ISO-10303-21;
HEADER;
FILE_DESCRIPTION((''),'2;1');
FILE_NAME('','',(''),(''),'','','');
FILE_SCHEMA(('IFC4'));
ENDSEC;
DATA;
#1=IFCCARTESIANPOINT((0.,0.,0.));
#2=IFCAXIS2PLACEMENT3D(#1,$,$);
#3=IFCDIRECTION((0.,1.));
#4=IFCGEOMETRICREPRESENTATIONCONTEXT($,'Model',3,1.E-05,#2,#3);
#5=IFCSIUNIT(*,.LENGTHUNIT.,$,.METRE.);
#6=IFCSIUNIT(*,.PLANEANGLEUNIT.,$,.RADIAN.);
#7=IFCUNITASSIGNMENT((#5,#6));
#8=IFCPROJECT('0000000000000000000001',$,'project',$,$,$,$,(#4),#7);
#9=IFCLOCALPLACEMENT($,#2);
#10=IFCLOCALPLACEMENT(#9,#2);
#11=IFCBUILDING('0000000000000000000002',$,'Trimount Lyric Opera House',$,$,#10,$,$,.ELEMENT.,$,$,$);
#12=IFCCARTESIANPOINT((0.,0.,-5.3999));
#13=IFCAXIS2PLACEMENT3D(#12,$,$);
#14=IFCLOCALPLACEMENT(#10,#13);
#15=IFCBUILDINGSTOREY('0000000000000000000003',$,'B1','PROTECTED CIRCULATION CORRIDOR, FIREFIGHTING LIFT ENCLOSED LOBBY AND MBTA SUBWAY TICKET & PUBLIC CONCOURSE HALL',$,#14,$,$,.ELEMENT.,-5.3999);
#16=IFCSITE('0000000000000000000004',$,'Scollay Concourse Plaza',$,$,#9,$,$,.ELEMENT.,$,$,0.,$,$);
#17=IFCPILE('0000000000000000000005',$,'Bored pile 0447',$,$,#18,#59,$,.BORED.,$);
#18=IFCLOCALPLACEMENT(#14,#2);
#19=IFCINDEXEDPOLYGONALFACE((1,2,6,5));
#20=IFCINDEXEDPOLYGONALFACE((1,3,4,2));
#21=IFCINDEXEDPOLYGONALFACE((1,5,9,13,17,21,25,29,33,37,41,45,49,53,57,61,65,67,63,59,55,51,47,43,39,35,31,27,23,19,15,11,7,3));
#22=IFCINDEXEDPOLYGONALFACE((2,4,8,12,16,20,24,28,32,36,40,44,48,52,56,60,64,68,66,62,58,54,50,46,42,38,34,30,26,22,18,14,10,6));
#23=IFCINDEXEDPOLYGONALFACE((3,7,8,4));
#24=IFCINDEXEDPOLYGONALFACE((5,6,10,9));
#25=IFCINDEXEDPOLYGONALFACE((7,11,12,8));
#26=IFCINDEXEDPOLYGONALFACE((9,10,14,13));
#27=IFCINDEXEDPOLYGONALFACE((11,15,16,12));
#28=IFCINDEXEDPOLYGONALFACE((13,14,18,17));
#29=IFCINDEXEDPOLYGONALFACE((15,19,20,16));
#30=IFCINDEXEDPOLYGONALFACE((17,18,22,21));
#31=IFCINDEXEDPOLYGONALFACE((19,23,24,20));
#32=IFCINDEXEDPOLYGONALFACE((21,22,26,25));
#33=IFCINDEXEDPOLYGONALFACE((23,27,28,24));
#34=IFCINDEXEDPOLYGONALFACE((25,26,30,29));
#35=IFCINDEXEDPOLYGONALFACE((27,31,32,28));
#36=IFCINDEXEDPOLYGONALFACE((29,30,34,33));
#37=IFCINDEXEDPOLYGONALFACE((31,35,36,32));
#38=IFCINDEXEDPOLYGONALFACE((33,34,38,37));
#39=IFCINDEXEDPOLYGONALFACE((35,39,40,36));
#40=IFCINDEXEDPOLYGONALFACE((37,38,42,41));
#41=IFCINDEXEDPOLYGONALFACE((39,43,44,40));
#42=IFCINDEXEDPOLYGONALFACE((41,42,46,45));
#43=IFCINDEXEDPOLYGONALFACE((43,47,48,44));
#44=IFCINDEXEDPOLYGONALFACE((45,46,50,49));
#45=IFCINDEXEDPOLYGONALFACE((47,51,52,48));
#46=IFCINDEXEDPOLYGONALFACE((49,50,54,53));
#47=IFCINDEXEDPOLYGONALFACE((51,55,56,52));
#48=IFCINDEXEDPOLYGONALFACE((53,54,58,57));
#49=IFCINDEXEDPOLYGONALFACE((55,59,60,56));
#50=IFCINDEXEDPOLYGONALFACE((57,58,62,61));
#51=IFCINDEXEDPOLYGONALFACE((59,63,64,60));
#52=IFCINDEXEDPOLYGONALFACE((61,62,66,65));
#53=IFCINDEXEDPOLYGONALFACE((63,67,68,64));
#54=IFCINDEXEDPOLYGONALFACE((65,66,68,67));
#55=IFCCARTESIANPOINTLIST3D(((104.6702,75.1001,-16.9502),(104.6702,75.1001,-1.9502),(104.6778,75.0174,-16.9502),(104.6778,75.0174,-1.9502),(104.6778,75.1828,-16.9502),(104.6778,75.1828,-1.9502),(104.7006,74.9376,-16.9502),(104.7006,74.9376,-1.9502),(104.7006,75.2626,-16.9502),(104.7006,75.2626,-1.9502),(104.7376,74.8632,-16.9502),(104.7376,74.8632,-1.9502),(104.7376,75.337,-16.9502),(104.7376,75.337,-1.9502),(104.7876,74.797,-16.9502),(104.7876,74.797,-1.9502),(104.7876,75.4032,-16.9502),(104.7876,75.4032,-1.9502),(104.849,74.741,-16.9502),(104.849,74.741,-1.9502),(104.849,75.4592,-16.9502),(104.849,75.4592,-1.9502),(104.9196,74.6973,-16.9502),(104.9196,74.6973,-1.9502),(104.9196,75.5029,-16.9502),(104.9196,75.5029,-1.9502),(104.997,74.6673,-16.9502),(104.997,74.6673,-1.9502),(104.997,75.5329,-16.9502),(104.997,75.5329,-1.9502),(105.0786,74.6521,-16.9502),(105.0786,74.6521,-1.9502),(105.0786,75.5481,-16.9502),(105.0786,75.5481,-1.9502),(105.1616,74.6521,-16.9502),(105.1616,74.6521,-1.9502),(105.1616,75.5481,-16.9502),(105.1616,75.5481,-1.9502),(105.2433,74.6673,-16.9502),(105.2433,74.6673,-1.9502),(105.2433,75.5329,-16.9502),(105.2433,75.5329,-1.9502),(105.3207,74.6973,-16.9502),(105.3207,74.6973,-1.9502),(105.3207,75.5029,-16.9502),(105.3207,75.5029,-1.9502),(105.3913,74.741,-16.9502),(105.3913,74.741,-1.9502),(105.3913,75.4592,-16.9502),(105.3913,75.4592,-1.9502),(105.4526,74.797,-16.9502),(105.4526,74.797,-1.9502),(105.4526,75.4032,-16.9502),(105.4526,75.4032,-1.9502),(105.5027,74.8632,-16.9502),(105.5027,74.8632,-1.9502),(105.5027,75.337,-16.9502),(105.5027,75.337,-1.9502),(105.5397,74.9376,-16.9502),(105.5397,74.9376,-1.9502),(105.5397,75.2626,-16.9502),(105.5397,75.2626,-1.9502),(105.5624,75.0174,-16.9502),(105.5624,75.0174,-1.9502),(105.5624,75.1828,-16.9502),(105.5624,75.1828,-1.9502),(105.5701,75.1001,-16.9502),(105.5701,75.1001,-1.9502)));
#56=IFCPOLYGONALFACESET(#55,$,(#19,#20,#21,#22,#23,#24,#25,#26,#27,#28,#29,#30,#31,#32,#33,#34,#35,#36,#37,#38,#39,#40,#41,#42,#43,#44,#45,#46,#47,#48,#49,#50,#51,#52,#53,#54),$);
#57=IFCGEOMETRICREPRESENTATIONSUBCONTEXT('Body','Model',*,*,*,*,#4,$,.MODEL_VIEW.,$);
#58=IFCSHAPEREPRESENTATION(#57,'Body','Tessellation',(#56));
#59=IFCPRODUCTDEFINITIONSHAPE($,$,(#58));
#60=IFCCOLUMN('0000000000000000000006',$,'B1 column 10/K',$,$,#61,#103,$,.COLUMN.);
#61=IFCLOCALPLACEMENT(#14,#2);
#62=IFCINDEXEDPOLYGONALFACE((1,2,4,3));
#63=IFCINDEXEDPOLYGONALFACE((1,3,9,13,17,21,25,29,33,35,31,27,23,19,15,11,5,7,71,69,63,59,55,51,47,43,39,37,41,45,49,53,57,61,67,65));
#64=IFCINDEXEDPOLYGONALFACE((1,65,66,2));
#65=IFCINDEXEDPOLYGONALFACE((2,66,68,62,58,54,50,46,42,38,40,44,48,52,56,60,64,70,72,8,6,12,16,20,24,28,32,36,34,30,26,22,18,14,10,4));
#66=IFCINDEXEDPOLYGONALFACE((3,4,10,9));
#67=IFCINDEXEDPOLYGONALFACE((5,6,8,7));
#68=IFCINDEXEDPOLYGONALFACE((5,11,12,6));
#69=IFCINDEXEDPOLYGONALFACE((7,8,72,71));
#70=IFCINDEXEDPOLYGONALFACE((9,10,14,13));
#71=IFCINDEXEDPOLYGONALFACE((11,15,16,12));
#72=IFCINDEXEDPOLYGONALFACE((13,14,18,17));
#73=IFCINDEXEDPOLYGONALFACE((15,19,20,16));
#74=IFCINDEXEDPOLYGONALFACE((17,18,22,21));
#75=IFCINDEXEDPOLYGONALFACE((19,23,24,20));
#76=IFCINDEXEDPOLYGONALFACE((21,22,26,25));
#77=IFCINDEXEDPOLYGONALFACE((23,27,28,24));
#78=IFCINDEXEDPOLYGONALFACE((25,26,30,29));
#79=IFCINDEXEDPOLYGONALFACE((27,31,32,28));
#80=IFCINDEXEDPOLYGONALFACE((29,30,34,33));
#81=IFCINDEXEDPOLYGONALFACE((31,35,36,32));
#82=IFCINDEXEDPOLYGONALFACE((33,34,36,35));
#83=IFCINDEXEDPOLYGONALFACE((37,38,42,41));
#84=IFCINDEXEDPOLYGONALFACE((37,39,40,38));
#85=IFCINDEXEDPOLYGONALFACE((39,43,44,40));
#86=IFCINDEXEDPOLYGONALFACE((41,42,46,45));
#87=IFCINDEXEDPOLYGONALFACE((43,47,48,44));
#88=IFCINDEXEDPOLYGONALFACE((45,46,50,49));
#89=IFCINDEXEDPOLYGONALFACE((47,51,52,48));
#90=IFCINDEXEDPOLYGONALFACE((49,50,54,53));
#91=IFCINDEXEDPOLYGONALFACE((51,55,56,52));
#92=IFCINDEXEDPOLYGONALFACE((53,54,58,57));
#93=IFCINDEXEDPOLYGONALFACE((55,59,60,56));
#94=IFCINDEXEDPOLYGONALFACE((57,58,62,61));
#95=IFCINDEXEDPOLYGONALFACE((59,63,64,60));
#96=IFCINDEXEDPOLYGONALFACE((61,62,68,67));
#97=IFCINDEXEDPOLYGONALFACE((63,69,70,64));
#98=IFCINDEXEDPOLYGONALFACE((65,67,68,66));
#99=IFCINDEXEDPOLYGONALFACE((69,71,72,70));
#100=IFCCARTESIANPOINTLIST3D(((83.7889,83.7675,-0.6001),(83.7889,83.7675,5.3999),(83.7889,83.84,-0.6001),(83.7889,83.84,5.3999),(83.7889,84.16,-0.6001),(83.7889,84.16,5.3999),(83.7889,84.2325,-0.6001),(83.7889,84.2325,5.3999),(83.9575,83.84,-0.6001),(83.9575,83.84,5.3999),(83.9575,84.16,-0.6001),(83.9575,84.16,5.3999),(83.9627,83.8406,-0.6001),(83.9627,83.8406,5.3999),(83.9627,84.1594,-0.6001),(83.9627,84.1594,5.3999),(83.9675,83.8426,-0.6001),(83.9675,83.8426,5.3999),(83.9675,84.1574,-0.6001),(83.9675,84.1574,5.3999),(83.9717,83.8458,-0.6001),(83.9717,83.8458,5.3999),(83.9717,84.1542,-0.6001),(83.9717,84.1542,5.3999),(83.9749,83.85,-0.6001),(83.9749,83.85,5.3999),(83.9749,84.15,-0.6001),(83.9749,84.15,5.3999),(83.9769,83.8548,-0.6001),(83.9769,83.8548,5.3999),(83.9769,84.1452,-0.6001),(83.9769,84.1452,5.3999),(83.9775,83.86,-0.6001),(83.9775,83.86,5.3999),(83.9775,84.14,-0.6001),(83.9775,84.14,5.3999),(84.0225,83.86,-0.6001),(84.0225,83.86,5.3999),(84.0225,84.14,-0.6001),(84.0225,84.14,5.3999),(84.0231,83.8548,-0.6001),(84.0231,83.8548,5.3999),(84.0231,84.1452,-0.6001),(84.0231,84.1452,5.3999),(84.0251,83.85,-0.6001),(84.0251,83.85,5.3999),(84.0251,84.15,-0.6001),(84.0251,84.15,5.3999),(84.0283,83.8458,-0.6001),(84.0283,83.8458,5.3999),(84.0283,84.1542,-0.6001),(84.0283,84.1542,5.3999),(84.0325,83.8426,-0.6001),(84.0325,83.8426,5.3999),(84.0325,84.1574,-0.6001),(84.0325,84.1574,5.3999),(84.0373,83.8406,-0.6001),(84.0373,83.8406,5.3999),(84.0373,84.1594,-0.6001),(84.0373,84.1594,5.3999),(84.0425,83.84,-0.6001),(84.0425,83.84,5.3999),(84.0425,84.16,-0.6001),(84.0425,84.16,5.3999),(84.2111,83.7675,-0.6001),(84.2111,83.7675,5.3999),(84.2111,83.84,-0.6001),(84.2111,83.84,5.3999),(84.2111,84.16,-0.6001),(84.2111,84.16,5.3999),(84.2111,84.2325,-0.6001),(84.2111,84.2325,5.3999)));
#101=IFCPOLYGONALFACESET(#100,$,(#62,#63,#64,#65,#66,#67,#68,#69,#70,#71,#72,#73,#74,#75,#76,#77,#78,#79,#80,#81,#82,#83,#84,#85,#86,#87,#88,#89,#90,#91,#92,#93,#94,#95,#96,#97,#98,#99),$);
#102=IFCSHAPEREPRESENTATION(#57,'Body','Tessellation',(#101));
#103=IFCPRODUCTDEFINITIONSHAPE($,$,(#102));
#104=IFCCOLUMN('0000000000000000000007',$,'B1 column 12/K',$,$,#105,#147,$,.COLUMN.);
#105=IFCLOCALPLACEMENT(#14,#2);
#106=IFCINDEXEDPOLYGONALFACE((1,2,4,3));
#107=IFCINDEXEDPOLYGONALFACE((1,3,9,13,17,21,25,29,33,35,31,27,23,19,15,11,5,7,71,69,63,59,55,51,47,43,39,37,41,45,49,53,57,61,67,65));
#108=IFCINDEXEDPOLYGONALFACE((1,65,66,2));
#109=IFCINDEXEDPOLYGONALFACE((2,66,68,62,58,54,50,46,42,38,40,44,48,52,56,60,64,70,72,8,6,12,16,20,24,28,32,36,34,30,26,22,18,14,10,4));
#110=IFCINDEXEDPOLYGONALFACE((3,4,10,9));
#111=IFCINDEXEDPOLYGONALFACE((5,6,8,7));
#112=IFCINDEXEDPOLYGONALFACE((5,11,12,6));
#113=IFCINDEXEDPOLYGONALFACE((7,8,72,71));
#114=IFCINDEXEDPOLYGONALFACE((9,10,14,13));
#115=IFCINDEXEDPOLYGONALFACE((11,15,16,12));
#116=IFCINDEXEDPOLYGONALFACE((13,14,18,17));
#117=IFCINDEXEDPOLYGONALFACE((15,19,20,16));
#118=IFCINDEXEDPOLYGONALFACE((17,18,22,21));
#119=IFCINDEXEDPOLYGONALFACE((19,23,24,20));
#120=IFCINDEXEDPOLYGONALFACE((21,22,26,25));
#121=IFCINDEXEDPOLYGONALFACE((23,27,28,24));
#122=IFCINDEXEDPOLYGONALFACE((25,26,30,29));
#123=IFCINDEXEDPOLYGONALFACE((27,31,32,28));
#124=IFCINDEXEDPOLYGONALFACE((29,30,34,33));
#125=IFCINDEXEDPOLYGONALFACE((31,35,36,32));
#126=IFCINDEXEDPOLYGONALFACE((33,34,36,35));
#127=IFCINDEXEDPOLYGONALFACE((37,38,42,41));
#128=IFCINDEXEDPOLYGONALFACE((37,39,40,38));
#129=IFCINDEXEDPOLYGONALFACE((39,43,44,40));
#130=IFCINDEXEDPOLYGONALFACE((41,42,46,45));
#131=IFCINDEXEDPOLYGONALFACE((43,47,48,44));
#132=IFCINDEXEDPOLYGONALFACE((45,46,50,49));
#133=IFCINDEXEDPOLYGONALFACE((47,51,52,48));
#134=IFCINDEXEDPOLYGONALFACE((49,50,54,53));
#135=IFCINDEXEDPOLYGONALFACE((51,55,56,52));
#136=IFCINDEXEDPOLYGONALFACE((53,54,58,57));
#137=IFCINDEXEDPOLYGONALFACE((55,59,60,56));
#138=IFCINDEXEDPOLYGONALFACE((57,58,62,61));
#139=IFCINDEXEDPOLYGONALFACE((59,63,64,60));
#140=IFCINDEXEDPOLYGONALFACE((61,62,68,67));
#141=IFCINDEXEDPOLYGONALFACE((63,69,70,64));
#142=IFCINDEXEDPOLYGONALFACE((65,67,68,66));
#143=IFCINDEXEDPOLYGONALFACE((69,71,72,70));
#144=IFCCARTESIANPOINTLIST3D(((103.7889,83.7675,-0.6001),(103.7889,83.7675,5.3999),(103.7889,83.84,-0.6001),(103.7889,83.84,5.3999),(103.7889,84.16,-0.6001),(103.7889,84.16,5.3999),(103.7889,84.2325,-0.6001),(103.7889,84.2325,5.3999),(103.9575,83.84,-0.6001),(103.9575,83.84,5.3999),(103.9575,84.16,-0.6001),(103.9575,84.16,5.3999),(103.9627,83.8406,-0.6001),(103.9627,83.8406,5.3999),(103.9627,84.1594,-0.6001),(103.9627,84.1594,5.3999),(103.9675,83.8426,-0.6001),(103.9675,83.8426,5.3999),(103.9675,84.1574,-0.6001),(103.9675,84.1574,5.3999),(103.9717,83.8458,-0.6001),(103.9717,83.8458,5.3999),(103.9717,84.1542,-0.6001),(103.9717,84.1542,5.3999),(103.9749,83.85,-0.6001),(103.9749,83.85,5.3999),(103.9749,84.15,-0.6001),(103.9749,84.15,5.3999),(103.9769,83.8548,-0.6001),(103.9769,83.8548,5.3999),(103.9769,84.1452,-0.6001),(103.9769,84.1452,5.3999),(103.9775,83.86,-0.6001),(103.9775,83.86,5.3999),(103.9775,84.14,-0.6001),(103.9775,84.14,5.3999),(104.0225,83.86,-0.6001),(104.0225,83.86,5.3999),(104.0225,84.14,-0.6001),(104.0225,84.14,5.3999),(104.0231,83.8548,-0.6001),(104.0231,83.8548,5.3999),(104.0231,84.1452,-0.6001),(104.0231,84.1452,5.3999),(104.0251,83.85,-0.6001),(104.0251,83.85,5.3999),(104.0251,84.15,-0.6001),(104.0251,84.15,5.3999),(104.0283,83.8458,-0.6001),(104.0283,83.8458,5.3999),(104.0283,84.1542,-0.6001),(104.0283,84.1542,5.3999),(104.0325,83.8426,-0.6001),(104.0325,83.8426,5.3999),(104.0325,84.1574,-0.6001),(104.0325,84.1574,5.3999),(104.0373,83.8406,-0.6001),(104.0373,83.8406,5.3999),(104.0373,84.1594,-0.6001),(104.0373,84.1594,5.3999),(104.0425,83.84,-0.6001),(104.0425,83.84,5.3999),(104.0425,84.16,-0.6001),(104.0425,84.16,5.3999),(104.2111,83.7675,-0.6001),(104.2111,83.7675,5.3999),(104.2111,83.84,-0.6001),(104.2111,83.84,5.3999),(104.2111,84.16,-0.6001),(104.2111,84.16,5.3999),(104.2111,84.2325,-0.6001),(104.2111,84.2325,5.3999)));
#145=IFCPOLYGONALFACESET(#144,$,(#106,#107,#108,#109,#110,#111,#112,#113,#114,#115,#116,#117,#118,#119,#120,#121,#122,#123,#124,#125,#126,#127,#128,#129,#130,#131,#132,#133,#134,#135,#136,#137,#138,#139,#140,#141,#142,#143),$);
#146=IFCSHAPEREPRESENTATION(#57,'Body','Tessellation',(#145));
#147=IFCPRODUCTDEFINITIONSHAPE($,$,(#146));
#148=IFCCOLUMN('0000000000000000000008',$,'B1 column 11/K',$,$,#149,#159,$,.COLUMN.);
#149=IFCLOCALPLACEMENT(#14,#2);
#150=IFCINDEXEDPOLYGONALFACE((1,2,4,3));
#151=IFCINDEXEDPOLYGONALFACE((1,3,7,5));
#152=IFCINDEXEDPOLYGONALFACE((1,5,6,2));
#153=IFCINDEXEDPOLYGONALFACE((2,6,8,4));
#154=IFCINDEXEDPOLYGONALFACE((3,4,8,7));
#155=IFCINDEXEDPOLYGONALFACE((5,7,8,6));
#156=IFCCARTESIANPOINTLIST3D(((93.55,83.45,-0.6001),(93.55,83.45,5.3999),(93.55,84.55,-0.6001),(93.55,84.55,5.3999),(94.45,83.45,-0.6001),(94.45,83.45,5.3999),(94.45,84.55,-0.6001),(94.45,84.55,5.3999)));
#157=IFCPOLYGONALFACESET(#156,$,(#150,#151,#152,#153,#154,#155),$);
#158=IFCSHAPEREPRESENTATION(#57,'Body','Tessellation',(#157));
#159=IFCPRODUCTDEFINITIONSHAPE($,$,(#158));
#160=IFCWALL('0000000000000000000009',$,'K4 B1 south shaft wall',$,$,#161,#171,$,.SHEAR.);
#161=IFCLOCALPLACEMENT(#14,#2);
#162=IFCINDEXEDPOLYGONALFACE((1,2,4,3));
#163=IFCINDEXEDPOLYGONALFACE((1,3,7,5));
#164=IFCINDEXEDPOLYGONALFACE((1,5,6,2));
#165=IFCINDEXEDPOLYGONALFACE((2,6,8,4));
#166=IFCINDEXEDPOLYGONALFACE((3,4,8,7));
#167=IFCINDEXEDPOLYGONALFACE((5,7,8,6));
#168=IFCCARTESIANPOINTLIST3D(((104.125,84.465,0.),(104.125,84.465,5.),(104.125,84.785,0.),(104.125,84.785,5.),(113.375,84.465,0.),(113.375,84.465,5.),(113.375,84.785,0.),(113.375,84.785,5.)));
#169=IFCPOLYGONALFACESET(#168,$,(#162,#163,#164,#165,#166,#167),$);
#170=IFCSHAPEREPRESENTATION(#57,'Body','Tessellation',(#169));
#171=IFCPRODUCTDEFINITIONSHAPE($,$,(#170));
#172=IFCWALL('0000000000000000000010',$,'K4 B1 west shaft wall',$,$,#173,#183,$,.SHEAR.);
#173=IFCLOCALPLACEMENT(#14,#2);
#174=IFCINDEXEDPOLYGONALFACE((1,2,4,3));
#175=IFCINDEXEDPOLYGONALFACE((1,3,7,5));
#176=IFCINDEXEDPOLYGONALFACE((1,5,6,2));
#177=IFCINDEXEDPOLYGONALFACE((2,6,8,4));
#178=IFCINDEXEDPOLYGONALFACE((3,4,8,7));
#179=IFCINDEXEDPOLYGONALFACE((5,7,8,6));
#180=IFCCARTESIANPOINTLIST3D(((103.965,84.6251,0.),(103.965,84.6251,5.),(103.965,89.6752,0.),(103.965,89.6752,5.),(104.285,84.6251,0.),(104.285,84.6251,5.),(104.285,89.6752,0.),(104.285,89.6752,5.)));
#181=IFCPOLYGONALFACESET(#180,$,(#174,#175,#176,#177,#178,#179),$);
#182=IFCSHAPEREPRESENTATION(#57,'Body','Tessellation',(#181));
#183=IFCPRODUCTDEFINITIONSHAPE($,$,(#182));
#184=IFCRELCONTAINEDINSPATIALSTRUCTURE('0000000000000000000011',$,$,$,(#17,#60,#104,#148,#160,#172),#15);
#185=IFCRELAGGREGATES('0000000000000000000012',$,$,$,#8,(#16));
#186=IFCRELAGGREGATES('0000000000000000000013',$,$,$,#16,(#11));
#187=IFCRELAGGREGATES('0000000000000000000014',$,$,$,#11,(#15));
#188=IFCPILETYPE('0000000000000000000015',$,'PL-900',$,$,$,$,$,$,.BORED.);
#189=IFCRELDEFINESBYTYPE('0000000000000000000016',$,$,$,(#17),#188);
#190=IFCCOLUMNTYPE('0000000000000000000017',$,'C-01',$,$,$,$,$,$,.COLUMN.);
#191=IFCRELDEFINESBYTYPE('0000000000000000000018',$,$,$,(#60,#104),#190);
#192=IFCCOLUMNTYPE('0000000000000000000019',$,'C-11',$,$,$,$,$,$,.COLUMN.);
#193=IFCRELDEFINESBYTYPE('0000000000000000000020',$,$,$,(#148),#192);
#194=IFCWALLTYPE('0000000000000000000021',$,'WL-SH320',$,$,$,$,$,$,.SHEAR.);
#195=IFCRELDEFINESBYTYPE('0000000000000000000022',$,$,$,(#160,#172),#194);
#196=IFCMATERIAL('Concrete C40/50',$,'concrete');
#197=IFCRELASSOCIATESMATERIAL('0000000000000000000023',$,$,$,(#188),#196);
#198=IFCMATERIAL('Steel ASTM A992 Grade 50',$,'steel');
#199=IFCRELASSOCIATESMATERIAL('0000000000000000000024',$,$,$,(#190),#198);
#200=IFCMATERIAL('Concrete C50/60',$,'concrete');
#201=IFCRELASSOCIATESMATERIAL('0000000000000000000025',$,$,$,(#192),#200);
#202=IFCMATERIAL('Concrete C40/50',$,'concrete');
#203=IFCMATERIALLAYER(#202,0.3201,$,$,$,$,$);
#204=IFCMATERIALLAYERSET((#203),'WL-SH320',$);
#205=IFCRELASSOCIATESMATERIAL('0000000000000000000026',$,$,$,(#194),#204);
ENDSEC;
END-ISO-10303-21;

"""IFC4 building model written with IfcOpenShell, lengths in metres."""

from ifc_helpers import new_model, si_unit, direction, frame, frame_2d, origin, origin_2d, place, context, subcontext, project, spatial, rectangle, circle, i_section, extrude, material, layer, layer_set, material_profile, profile_set, type_object, element, save


model = new_model("IFC4")

# Units and contexts
model_context = context("Model", 3, precision=1e-05, world=origin(), true_north=direction((0.0, 1.0)))
body_context = subcontext(model_context, "Body", "Model", "MODEL_VIEW")
ifc_project = project(units=[si_unit("LENGTHUNIT", "METRE"), si_unit("PLANEANGLEUNIT", "RADIAN")], contexts=[model_context])

# Site, building, storey
site_placement = place(None, origin())
site = spatial("IfcSite", under=ifc_project, at=site_placement, Name="Scollay Concourse Plaza", CompositionType="ELEMENT", RefElevation=0.0)
building_placement = place(site_placement, origin())
building = spatial("IfcBuilding", under=site, at=building_placement, Name="Trimount Lyric Opera House", CompositionType="ELEMENT")
storey_placement = place(building_placement, frame((0.0, 0.0, -5.3999)))
storey = spatial("IfcBuildingStorey", under=building, at=storey_placement, Name="B1", Description="PROTECTED CIRCULATION CORRIDOR, FIREFIGHTING LIFT ENCLOSED LOBBY AND MBTA SUBWAY TICKET & PUBLIC CONCOURSE HALL", CompositionType="ELEMENT", Elevation=-5.3999)

# Pile
ifc_material_1 = material(Name="Concrete C40/50", Category="concrete")
ifc_material_profile_1 = material_profile(ifc_material_1, circle(Radius=0.45, at=origin_2d()), Name="PILE-D900")
ifc_profile_set_1 = profile_set([ifc_material_profile_1], Name="Concrete C40/50")
pile_type_1 = type_object("IfcPileType", Name="PL-900", PredefinedType="BORED", material=ifc_profile_set_1)
for number, where, z_axis, x_axis, name in (
    (1, (105.1201, 75.1001, -1.9502), (0.0, 0.0, -1.0), (1.0, 0.0, 0.0), "Bored pile 0447"),
):
    element("IfcPile", number, at=place(storey_placement, frame(where, z_axis=z_axis, x_axis=x_axis)), inside=storey, type_object=pile_type_1, Name=name, PredefinedType="BORED", context=body_context, shape_type="SweptSolid", body=[
        extrude(circle(Radius=0.45, at=origin_2d()), origin(), (0.0, 0.0, 1.0), 15.0),
    ])

# Columns
ifc_material_2 = material(Name="Steel ASTM A992 Grade 50", Category="steel")
ifc_material_profile_2 = material_profile(ifc_material_2, i_section(OverallWidth=0.4221, OverallDepth=0.4651, WebThickness=0.0449, FlangeThickness=0.0725, FilletRadius=0.02, at=origin_2d()), Name="W14X398")
ifc_profile_set_2 = profile_set([ifc_material_profile_2], Name="Steel ASTM A992 Grade 50")
column_type_1 = type_object("IfcColumnType", Name="C-01", PredefinedType="COLUMN", material=ifc_profile_set_2)
for number, where, z_axis, x_axis, name in (
    (2, (84.0, 84.0, -0.6001), (0.0, 0.0, 1.0), (1.0, 0.0, 0.0), "B1 column 10/K"),
    (3, (104.0, 84.0, -0.6001), (0.0, 0.0, 1.0), (1.0, 0.0, 0.0), "B1 column 12/K"),
):
    element("IfcColumn", number, at=place(storey_placement, frame(where, z_axis=z_axis, x_axis=x_axis)), inside=storey, type_object=column_type_1, Name=name, PredefinedType="COLUMN", context=body_context, shape_type="SweptSolid", body=[
        extrude(i_section(OverallWidth=0.4221, OverallDepth=0.4651, WebThickness=0.0449, FlangeThickness=0.0725, FilletRadius=0.02, at=origin_2d()), origin(), (0.0, 0.0, 1.0), 6.0),
    ])
ifc_material_3 = material(Name="Concrete C50/60", Category="concrete")
ifc_material_profile_3 = material_profile(ifc_material_3, rectangle(XDim=0.8999, YDim=1.1001, at=origin_2d()), Name="RC1100X900")
ifc_profile_set_3 = profile_set([ifc_material_profile_3], Name="Concrete C50/60")
column_type_2 = type_object("IfcColumnType", Name="C-11", PredefinedType="COLUMN", material=ifc_profile_set_3)
column_placement = place(storey_placement, frame((94.0, 84.0, -0.6001), z_axis=(0.0, 0.0, 1.0), x_axis=(1.0, 0.0, 0.0)))
element("IfcColumn", 4, at=column_placement, inside=storey, type_object=column_type_2, Name="B1 column 11/K", PredefinedType="COLUMN", context=body_context, shape_type="SweptSolid", body=[
    extrude(rectangle(XDim=0.8999, YDim=1.1001, at=origin_2d()), origin(), (0.0, 0.0, 1.0), 6.0),
])

# Walls
ifc_material_4 = material(Name="Concrete C40/50", Category="concrete")
ifc_layer_1 = layer(ifc_material_4, 0.3201)
ifc_layer_set_1 = layer_set([ifc_layer_1], Name="WL-SH320")
wall_type_1 = type_object("IfcWallType", Name="WL-SH320", PredefinedType="SHEAR", material=ifc_layer_set_1)
wall_1_placement = place(storey_placement, frame((104.125, 84.625, 0.0), z_axis=(0.0, 0.0, 1.0), x_axis=(1.0, 0.0, 0.0)))
element("IfcWall", 5, at=wall_1_placement, inside=storey, type_object=wall_type_1, Name="K4 B1 south shaft wall", PredefinedType="SHEAR", context=body_context, shape_type="SweptSolid", body=[
    extrude(rectangle(XDim=9.25, YDim=0.3201, at=frame_2d((4.625, 0.0))), origin(), (0.0, 0.0, 1.0), 5.0),
])
wall_2_placement = place(storey_placement, frame((104.125, 89.675, 0.0), z_axis=(0.0, 0.0, 1.0), x_axis=(0.0, -1.0, 0.0)))
element("IfcWall", 6, at=wall_2_placement, inside=storey, type_object=wall_type_1, Name="K4 B1 west shaft wall", PredefinedType="SHEAR", context=body_context, shape_type="SweptSolid", body=[
    extrude(rectangle(XDim=5.05, YDim=0.3201, at=frame_2d((2.5249, 0.0))), origin(), (0.0, 0.0, 1.0), 5.0),
])

save(model, "model.ifc")
